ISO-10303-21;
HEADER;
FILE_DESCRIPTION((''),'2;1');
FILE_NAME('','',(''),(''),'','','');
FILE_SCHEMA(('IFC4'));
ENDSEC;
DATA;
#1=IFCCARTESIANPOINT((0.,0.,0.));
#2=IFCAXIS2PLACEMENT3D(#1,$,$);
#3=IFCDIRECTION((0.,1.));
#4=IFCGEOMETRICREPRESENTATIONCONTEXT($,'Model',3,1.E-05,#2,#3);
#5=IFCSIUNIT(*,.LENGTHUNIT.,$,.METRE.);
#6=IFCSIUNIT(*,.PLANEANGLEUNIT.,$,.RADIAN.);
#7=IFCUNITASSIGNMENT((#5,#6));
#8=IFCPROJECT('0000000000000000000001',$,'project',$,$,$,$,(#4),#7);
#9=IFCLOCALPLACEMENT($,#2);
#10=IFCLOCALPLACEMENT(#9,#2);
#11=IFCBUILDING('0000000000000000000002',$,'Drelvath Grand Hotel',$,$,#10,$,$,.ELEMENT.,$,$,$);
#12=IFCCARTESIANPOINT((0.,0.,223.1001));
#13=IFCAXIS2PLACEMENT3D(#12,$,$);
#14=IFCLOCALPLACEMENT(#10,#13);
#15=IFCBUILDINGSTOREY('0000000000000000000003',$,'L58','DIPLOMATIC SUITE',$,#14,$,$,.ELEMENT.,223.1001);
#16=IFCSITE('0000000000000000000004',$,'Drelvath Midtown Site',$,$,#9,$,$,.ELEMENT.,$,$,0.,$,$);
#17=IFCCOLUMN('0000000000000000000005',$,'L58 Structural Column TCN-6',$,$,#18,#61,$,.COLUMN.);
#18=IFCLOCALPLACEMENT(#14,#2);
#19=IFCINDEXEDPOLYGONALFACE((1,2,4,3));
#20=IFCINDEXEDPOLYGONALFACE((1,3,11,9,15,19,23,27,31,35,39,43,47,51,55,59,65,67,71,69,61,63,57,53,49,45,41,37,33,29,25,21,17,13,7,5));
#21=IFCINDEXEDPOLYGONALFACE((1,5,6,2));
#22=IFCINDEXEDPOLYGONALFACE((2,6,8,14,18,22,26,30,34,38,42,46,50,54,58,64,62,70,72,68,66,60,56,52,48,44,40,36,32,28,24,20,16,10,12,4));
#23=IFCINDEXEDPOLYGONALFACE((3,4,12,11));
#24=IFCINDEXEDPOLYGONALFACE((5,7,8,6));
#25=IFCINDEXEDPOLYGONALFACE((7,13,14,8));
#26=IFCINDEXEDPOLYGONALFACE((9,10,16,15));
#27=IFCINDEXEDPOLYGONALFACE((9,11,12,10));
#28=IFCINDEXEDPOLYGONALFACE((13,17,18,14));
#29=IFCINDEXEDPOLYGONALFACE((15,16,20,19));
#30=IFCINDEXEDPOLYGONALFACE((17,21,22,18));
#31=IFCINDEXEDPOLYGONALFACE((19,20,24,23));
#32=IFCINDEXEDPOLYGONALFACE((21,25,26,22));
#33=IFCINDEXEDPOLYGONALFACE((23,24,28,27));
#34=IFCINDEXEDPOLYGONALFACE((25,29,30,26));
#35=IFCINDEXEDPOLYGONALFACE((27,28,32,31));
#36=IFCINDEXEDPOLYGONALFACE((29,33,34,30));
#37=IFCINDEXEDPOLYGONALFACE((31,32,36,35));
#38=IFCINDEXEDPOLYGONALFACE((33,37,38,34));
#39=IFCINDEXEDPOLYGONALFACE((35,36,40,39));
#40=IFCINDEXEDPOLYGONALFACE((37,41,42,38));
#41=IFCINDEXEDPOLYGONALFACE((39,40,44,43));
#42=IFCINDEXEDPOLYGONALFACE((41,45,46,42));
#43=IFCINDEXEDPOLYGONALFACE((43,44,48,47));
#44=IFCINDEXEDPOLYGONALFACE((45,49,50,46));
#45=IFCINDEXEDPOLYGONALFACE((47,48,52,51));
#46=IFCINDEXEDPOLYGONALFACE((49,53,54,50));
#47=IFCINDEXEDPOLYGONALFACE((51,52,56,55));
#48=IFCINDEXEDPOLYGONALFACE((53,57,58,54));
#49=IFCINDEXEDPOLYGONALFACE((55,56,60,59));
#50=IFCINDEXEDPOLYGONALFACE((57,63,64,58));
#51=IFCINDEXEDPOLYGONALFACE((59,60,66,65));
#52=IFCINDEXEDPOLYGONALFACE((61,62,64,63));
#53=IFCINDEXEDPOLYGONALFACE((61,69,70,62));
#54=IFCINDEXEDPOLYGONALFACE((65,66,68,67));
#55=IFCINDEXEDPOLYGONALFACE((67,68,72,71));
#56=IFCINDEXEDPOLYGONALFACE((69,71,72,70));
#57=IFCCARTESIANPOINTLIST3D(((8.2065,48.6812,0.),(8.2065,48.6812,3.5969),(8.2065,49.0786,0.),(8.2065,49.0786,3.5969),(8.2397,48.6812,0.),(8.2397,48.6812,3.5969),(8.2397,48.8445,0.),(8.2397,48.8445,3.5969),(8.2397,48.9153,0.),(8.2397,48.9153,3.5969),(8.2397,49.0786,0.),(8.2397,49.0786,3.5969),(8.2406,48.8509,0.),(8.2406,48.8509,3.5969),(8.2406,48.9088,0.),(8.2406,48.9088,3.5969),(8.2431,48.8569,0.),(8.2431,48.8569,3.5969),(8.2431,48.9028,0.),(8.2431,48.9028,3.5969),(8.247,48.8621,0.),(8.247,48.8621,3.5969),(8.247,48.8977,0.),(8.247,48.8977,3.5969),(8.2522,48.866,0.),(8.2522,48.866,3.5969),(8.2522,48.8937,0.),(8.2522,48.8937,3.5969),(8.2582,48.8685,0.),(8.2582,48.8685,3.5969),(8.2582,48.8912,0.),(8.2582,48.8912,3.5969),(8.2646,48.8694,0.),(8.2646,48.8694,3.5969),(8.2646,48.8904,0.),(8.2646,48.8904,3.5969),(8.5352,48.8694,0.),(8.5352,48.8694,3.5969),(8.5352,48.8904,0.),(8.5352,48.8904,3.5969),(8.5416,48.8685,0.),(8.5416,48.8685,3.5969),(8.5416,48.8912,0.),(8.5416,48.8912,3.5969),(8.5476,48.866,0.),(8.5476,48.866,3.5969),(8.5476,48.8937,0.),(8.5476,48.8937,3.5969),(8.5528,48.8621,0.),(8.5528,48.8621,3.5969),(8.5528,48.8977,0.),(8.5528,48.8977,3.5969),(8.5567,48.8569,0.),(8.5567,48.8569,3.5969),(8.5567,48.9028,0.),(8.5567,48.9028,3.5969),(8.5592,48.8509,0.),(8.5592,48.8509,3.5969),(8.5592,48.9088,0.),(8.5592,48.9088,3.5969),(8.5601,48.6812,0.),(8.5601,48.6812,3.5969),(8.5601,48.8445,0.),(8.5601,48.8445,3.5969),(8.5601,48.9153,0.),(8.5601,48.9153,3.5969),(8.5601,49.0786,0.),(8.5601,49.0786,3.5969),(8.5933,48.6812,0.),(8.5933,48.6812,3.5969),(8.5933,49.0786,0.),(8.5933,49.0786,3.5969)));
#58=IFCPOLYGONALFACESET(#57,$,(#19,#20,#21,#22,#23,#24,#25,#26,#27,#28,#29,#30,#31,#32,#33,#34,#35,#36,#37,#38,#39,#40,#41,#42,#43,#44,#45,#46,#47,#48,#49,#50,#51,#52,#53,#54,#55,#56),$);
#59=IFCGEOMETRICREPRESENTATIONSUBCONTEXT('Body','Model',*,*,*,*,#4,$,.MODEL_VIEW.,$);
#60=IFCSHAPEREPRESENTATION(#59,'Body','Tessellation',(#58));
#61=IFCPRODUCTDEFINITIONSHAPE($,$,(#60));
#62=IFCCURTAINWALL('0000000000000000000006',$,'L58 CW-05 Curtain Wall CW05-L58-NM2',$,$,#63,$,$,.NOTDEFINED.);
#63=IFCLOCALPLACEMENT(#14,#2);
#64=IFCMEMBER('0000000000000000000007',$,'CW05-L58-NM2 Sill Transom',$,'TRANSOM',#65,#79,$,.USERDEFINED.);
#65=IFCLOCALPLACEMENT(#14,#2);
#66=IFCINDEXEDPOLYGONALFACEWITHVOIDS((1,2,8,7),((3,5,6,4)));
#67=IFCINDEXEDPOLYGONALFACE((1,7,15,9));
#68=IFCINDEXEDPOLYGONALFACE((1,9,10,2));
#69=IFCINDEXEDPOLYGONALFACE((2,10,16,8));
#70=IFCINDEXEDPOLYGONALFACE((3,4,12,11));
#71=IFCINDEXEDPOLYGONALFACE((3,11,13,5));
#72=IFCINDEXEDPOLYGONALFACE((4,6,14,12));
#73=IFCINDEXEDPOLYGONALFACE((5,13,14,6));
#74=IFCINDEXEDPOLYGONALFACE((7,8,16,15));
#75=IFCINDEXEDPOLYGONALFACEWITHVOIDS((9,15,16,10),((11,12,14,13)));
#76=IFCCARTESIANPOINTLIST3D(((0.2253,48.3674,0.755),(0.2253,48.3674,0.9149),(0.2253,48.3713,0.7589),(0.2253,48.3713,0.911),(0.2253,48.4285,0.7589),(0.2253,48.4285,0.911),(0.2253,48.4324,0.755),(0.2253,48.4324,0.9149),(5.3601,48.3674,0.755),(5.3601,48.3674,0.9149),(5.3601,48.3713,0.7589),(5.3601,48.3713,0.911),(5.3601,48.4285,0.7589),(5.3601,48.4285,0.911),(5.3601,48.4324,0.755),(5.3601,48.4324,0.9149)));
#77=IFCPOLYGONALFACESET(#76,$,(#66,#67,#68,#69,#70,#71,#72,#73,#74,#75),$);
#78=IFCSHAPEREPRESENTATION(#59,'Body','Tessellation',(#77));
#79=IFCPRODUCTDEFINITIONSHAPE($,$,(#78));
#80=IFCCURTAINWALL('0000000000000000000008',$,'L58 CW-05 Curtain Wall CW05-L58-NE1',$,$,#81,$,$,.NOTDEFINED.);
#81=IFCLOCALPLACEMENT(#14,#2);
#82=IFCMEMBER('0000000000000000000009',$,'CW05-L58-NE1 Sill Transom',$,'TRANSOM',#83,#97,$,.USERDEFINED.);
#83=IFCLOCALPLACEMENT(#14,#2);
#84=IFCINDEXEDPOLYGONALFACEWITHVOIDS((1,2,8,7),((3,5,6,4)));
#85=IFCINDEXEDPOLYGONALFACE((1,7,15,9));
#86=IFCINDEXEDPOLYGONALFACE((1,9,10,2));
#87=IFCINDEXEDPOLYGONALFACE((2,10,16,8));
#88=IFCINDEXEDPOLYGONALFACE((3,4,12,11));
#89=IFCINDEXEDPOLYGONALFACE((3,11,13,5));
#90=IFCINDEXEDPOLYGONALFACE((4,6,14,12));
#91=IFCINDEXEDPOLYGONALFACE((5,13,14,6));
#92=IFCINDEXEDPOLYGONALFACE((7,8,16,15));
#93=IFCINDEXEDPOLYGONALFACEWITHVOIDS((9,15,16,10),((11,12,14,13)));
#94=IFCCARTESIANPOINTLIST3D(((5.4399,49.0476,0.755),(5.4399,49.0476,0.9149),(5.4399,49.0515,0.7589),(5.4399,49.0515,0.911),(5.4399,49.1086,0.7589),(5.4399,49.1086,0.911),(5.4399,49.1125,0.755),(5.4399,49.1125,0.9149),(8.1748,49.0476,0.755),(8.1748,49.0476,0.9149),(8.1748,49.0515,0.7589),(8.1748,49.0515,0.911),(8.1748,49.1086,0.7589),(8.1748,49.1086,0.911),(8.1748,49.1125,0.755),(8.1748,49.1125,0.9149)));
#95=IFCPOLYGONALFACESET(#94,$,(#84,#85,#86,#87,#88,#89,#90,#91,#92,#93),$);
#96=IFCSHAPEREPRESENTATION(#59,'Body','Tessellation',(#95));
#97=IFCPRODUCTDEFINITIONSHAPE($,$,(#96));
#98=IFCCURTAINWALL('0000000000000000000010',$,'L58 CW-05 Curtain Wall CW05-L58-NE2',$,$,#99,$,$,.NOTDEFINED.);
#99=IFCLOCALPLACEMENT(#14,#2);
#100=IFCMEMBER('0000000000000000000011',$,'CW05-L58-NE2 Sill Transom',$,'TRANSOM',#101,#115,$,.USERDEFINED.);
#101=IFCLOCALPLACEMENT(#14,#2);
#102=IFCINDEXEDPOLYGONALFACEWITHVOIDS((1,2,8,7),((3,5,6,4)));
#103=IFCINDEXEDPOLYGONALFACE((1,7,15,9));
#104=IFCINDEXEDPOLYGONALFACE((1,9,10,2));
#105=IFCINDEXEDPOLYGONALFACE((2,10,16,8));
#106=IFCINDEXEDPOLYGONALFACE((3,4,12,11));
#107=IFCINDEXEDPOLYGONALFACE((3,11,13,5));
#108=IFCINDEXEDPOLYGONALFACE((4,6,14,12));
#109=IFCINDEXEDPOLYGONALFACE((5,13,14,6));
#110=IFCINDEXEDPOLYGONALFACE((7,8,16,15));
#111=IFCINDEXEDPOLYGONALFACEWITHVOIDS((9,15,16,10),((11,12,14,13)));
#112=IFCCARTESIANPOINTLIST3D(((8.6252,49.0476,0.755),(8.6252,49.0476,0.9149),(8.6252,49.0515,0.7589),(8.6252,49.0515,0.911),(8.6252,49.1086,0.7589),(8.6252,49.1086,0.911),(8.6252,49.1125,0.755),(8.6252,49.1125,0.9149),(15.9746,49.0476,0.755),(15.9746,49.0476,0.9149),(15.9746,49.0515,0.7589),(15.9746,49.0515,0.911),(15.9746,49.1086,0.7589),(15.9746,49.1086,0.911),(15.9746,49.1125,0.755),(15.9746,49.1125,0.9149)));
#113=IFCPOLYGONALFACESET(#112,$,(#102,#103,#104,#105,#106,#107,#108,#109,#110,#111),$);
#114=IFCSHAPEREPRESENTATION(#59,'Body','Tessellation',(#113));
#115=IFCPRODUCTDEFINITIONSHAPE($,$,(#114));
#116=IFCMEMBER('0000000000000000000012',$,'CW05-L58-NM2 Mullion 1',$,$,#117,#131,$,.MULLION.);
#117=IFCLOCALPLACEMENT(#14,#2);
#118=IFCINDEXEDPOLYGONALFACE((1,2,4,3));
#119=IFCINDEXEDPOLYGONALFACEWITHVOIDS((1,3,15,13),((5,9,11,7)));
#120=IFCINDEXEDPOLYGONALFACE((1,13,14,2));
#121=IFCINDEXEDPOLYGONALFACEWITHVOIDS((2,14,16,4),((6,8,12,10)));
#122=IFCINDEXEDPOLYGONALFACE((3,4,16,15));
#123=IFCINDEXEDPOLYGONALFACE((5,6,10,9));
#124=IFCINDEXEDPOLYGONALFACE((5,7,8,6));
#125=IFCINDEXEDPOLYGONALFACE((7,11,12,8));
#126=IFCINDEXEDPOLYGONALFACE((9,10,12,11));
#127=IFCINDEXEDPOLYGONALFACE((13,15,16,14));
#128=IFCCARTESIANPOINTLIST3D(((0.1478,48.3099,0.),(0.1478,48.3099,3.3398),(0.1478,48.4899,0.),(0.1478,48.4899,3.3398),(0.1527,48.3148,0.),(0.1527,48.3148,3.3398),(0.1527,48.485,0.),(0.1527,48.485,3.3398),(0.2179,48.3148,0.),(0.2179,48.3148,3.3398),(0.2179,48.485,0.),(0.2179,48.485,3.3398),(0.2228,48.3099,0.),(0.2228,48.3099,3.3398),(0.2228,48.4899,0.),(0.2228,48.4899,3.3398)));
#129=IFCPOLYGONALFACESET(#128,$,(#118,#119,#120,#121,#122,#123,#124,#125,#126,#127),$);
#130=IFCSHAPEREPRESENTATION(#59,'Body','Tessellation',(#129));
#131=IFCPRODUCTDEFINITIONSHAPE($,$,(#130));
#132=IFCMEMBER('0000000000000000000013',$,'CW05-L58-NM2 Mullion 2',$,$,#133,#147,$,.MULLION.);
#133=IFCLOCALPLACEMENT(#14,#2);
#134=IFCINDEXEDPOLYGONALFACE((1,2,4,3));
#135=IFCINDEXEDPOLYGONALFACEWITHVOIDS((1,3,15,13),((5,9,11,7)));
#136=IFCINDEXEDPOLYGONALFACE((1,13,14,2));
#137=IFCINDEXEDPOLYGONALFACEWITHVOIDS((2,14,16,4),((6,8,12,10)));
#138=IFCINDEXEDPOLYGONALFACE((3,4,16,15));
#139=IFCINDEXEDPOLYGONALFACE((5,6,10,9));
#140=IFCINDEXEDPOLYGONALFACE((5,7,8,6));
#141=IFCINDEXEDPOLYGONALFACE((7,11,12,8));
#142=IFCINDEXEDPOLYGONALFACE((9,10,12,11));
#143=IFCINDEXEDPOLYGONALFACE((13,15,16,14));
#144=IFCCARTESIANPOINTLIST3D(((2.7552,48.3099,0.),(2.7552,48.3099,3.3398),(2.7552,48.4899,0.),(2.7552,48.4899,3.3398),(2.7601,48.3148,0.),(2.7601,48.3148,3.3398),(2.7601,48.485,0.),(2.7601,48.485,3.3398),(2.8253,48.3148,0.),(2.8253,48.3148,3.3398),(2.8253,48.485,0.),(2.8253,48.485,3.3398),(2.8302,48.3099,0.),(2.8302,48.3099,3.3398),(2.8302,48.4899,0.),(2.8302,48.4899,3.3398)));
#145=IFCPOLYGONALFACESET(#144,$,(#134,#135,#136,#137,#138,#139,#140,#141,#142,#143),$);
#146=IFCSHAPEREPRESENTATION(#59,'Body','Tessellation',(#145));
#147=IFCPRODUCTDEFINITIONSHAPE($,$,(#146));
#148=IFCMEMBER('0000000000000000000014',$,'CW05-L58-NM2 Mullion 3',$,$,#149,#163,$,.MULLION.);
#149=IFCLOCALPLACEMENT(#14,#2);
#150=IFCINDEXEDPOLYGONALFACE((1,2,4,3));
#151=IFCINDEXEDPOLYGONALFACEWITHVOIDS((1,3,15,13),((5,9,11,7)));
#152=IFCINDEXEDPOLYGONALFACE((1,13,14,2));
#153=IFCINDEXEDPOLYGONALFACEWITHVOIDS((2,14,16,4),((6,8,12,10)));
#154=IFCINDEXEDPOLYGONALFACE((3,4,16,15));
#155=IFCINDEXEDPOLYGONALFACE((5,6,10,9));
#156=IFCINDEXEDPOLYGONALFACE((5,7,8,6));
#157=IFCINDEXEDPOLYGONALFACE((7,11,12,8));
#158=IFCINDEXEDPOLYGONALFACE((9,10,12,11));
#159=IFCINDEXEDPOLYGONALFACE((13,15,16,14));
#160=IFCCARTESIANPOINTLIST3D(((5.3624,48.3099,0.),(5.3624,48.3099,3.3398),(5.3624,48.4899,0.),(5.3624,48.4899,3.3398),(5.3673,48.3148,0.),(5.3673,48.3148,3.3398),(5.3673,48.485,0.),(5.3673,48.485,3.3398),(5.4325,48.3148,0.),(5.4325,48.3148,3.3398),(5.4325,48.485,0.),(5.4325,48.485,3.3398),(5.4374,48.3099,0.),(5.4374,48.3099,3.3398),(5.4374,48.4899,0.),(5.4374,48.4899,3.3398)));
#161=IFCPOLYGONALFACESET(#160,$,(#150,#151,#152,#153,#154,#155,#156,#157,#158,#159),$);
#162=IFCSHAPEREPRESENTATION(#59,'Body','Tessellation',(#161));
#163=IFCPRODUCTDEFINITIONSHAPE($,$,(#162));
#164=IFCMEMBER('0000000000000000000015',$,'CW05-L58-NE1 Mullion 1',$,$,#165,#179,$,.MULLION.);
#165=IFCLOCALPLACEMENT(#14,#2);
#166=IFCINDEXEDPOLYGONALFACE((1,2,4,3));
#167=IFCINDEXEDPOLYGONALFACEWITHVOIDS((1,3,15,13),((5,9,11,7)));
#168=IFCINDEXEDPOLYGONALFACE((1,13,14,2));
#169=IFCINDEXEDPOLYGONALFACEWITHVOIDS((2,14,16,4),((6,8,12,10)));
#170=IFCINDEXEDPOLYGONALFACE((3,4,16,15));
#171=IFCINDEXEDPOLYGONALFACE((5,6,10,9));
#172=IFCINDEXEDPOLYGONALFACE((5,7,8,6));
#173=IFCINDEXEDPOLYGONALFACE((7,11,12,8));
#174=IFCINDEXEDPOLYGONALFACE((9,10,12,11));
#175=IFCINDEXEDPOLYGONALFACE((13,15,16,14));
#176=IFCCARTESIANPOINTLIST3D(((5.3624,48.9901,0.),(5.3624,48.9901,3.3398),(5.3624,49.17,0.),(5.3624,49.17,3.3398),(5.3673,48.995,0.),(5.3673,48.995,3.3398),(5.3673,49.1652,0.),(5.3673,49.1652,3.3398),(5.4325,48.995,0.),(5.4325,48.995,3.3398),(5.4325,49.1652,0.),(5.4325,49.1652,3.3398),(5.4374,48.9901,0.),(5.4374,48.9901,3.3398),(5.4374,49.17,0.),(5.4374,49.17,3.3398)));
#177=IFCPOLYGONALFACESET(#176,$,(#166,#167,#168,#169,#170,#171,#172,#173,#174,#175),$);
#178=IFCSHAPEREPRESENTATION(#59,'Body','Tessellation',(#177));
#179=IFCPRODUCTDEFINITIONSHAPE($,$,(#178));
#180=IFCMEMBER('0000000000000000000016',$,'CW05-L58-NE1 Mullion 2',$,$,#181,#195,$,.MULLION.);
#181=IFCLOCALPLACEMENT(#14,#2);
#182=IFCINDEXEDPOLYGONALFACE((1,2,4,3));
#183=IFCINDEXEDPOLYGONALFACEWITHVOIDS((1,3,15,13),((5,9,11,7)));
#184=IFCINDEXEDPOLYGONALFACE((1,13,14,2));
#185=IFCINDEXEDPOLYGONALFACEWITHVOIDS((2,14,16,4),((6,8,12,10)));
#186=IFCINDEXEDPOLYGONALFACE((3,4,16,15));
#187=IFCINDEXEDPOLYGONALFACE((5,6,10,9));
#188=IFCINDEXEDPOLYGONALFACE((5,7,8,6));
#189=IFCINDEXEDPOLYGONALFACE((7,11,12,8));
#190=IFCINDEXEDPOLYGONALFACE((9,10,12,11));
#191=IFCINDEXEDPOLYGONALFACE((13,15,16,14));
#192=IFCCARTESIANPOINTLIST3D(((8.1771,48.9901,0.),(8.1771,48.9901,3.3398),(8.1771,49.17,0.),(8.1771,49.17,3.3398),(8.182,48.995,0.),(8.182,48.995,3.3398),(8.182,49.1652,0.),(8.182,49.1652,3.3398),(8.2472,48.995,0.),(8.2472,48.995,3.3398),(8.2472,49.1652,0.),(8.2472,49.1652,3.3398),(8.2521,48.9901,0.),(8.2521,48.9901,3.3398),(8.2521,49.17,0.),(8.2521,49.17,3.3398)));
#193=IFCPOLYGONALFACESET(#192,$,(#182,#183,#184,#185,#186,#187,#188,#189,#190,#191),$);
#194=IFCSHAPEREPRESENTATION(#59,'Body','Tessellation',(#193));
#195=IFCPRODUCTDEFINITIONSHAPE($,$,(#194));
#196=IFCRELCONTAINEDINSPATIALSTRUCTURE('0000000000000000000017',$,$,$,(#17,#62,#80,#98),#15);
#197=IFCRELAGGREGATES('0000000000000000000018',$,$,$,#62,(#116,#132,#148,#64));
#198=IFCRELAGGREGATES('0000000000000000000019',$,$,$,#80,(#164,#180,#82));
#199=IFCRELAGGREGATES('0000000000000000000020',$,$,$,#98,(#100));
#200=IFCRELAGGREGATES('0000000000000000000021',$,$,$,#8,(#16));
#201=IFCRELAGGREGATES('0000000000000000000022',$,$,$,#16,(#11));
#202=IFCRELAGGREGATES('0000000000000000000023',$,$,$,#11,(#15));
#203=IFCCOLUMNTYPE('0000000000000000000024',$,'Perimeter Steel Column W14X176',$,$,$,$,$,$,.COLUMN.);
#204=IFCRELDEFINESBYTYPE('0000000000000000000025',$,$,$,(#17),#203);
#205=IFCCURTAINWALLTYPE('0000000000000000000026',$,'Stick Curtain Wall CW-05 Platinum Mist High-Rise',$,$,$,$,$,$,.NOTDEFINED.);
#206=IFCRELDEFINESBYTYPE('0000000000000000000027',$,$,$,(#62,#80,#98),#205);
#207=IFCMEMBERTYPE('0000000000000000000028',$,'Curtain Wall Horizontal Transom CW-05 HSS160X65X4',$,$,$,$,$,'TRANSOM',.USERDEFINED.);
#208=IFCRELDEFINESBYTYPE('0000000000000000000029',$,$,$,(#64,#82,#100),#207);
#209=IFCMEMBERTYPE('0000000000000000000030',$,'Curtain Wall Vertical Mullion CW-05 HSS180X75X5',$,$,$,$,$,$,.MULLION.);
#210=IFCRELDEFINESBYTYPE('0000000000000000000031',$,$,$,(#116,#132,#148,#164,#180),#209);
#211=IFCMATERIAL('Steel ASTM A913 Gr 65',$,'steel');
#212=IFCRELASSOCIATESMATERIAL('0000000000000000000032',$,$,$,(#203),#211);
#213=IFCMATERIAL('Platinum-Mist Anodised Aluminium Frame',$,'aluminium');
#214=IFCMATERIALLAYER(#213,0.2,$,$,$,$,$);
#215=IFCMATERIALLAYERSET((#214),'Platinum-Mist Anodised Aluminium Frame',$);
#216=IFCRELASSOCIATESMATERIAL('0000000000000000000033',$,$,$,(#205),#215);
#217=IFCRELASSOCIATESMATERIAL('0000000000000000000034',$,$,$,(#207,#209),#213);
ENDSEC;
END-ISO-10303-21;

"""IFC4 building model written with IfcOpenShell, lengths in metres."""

from ifc_helpers import new_model, si_unit, direction, frame, origin, origin_2d, place, context, subcontext, project, spatial, hollow_rectangle, i_section, extrude, material, layer, layer_set, material_profile, profile_set, type_object, element, aggregate, save


model = new_model("IFC4")

# Units and contexts
model_context = context("Model", 3, precision=1e-05, world=origin(), true_north=direction((0.0, 1.0)))
body_context = subcontext(model_context, "Body", "Model", "MODEL_VIEW")
ifc_project = project(units=[si_unit("LENGTHUNIT", "METRE"), si_unit("PLANEANGLEUNIT", "RADIAN")], contexts=[model_context])

# Site, building, storey
site_placement = place(None, origin())
site = spatial("IfcSite", under=ifc_project, at=site_placement, Name="Drelvath Midtown Site", CompositionType="ELEMENT", RefElevation=0.0)
building_placement = place(site_placement, origin())
building = spatial("IfcBuilding", under=site, at=building_placement, Name="Drelvath Grand Hotel", CompositionType="ELEMENT")
storey_placement = place(building_placement, frame((0.0, 0.0, 223.1001)))
storey = spatial("IfcBuildingStorey", under=building, at=storey_placement, Name="L58", Description="DIPLOMATIC SUITE", CompositionType="ELEMENT", Elevation=223.1001)

# Column
ifc_material_1 = material(Name="Steel ASTM A913 Gr 65", Category="steel")
ifc_material_profile_1 = material_profile(ifc_material_1, i_section(OverallWidth=0.3975, OverallDepth=0.3867, WebThickness=0.021, FlangeThickness=0.0332, FilletRadius=0.0249, at=origin_2d()), Name="W14X176")
ifc_profile_set_1 = profile_set([ifc_material_profile_1], Name="Steel ASTM A913 Gr 65")
column_type = type_object("IfcColumnType", Name="Perimeter Steel Column W14X176", PredefinedType="COLUMN", material=ifc_profile_set_1)
column_placement = place(storey_placement, frame((8.3999, 48.8799, 0.0), z_axis=(0.0, 0.0, 1.0), x_axis=(0.0, 1.0, 0.0)))
element("IfcColumn", 1, at=column_placement, inside=storey, type_object=column_type, Name="L58 Structural Column TCN-6", PredefinedType="COLUMN", context=body_context, shape_type="SweptSolid", body=[
    extrude(i_section(OverallWidth=0.3975, OverallDepth=0.3867, WebThickness=0.021, FlangeThickness=0.0332, FilletRadius=0.0249, at=origin_2d()), origin(), (0.0, 0.0, 1.0), 3.5969),
])

# Curtain walls, members
ifc_material_2 = material(Name="Platinum-Mist Anodised Aluminium Frame", Category="aluminium")
ifc_layer_1 = layer(ifc_material_2, 0.2)
ifc_layer_set_1 = layer_set([ifc_layer_1], Name="Platinum-Mist Anodised Aluminium Frame")
curtain_wall_type = type_object("IfcCurtainWallType", Name="Stick Curtain Wall CW-05 Platinum Mist High-Rise", PredefinedType="NOTDEFINED", material=ifc_layer_set_1)
curtain_wall_1_placement = place(storey_placement, origin())
curtain_wall_1 = element("IfcCurtainWall", 2, at=curtain_wall_1_placement, inside=storey, type_object=curtain_wall_type, Name="L58 CW-05 Curtain Wall CW05-L58-NM2", PredefinedType="NOTDEFINED")
ifc_material_profile_2 = material_profile(ifc_material_2, hollow_rectangle(XDim=0.0649, YDim=0.1599, WallThickness=0.0039, at=origin_2d()), Name="HSS160X65X4")
ifc_profile_set_2 = profile_set([ifc_material_profile_2], Name="Platinum-Mist Anodised Aluminium Frame")
member_type_1 = type_object("IfcMemberType", Name="Curtain Wall Horizontal Transom CW-05 HSS160X65X4", ElementType="TRANSOM", PredefinedType="USERDEFINED", material=ifc_profile_set_2)
member_1_placement = place(storey_placement, frame((0.2253, 48.3999, 0.835), z_axis=(1.0, 0.0, 0.0), x_axis=(0.0, 1.0, 0.0)))
member_1 = element("IfcMember", 3, at=member_1_placement, type_object=member_type_1, Name="CW05-L58-NM2 Sill Transom", ObjectType="TRANSOM", PredefinedType="USERDEFINED", context=body_context, shape_type="SweptSolid", body=[
    extrude(hollow_rectangle(XDim=0.0649, YDim=0.1599, WallThickness=0.0039, at=origin_2d()), origin(), (0.0, 0.0, 1.0), 5.1348),
])
curtain_wall_2_placement = place(storey_placement, origin())
curtain_wall_2 = element("IfcCurtainWall", 4, at=curtain_wall_2_placement, inside=storey, type_object=curtain_wall_type, Name="L58 CW-05 Curtain Wall CW05-L58-NE1", PredefinedType="NOTDEFINED")
member_2_placement = place(storey_placement, frame((5.4399, 49.0801, 0.835), z_axis=(1.0, 0.0, 0.0), x_axis=(0.0, 1.0, 0.0)))
member_2 = element("IfcMember", 5, at=member_2_placement, type_object=member_type_1, Name="CW05-L58-NE1 Sill Transom", ObjectType="TRANSOM", PredefinedType="USERDEFINED", context=body_context, shape_type="SweptSolid", body=[
    extrude(hollow_rectangle(XDim=0.0649, YDim=0.1599, WallThickness=0.0039, at=origin_2d()), origin(), (0.0, 0.0, 1.0), 2.7349),
])
curtain_wall_3_placement = place(storey_placement, origin())
curtain_wall_3 = element("IfcCurtainWall", 6, at=curtain_wall_3_placement, inside=storey, type_object=curtain_wall_type, Name="L58 CW-05 Curtain Wall CW05-L58-NE2", PredefinedType="NOTDEFINED")
member_3_placement = place(storey_placement, frame((8.6252, 49.0801, 0.835), z_axis=(1.0, 0.0, 0.0), x_axis=(0.0, 1.0, 0.0)))
member_3 = element("IfcMember", 7, at=member_3_placement, type_object=member_type_1, Name="CW05-L58-NE2 Sill Transom", ObjectType="TRANSOM", PredefinedType="USERDEFINED", context=body_context, shape_type="SweptSolid", body=[
    extrude(hollow_rectangle(XDim=0.0649, YDim=0.1599, WallThickness=0.0039, at=origin_2d()), origin(), (0.0, 0.0, 1.0), 7.3494),
])

# Members
ifc_material_profile_3 = material_profile(ifc_material_2, hollow_rectangle(XDim=0.075, YDim=0.1799, WallThickness=0.0049, at=origin_2d()), Name="HSS180X75X5")
ifc_profile_set_3 = profile_set([ifc_material_profile_3], Name="Platinum-Mist Anodised Aluminium Frame")
member_type_2 = type_object("IfcMemberType", Name="Curtain Wall Vertical Mullion CW-05 HSS180X75X5", PredefinedType="MULLION", material=ifc_profile_set_3)
member_4_placement = place(storey_placement, frame((0.1853, 48.3999, 0.0), z_axis=(0.0, 0.0, 1.0), x_axis=(1.0, 0.0, 0.0)))
member_4 = element("IfcMember", 8, at=member_4_placement, type_object=member_type_2, Name="CW05-L58-NM2 Mullion 1", PredefinedType="MULLION", context=body_context, shape_type="SweptSolid", body=[
    extrude(hollow_rectangle(XDim=0.075, YDim=0.1799, WallThickness=0.0049, at=origin_2d()), origin(), (0.0, 0.0, 1.0), 3.3398),
])
member_5_placement = place(storey_placement, frame((2.7927, 48.3999, 0.0), z_axis=(0.0, 0.0, 1.0), x_axis=(1.0, 0.0, 0.0)))
member_5 = element("IfcMember", 9, at=member_5_placement, type_object=member_type_2, Name="CW05-L58-NM2 Mullion 2", PredefinedType="MULLION", context=body_context, shape_type="SweptSolid", body=[
    extrude(hollow_rectangle(XDim=0.075, YDim=0.1799, WallThickness=0.0049, at=origin_2d()), origin(), (0.0, 0.0, 1.0), 3.3398),
])
member_6_placement = place(storey_placement, frame((5.3999, 48.3999, 0.0), z_axis=(0.0, 0.0, 1.0), x_axis=(1.0, 0.0, 0.0)))
member_6 = element("IfcMember", 10, at=member_6_placement, type_object=member_type_2, Name="CW05-L58-NM2 Mullion 3", PredefinedType="MULLION", context=body_context, shape_type="SweptSolid", body=[
    extrude(hollow_rectangle(XDim=0.075, YDim=0.1799, WallThickness=0.0049, at=origin_2d()), origin(), (0.0, 0.0, 1.0), 3.3398),
])
member_7_placement = place(storey_placement, frame((5.3999, 49.0801, 0.0), z_axis=(0.0, 0.0, 1.0), x_axis=(1.0, 0.0, 0.0)))
member_7 = element("IfcMember", 11, at=member_7_placement, type_object=member_type_2, Name="CW05-L58-NE1 Mullion 1", PredefinedType="MULLION", context=body_context, shape_type="SweptSolid", body=[
    extrude(hollow_rectangle(XDim=0.075, YDim=0.1799, WallThickness=0.0049, at=origin_2d()), origin(), (0.0, 0.0, 1.0), 3.3398),
])
member_8_placement = place(storey_placement, frame((8.2146, 49.0801, 0.0), z_axis=(0.0, 0.0, 1.0), x_axis=(1.0, 0.0, 0.0)))
member_8 = element("IfcMember", 12, at=member_8_placement, type_object=member_type_2, Name="CW05-L58-NE1 Mullion 2", PredefinedType="MULLION", context=body_context, shape_type="SweptSolid", body=[
    extrude(hollow_rectangle(XDim=0.075, YDim=0.1799, WallThickness=0.0049, at=origin_2d()), origin(), (0.0, 0.0, 1.0), 3.3398),
])

aggregate(curtain_wall_1, [member_4, member_5, member_6, member_1])
aggregate(curtain_wall_2, [member_7, member_8, member_2])
aggregate(curtain_wall_3, [member_3])

save(model, "model.ifc")
